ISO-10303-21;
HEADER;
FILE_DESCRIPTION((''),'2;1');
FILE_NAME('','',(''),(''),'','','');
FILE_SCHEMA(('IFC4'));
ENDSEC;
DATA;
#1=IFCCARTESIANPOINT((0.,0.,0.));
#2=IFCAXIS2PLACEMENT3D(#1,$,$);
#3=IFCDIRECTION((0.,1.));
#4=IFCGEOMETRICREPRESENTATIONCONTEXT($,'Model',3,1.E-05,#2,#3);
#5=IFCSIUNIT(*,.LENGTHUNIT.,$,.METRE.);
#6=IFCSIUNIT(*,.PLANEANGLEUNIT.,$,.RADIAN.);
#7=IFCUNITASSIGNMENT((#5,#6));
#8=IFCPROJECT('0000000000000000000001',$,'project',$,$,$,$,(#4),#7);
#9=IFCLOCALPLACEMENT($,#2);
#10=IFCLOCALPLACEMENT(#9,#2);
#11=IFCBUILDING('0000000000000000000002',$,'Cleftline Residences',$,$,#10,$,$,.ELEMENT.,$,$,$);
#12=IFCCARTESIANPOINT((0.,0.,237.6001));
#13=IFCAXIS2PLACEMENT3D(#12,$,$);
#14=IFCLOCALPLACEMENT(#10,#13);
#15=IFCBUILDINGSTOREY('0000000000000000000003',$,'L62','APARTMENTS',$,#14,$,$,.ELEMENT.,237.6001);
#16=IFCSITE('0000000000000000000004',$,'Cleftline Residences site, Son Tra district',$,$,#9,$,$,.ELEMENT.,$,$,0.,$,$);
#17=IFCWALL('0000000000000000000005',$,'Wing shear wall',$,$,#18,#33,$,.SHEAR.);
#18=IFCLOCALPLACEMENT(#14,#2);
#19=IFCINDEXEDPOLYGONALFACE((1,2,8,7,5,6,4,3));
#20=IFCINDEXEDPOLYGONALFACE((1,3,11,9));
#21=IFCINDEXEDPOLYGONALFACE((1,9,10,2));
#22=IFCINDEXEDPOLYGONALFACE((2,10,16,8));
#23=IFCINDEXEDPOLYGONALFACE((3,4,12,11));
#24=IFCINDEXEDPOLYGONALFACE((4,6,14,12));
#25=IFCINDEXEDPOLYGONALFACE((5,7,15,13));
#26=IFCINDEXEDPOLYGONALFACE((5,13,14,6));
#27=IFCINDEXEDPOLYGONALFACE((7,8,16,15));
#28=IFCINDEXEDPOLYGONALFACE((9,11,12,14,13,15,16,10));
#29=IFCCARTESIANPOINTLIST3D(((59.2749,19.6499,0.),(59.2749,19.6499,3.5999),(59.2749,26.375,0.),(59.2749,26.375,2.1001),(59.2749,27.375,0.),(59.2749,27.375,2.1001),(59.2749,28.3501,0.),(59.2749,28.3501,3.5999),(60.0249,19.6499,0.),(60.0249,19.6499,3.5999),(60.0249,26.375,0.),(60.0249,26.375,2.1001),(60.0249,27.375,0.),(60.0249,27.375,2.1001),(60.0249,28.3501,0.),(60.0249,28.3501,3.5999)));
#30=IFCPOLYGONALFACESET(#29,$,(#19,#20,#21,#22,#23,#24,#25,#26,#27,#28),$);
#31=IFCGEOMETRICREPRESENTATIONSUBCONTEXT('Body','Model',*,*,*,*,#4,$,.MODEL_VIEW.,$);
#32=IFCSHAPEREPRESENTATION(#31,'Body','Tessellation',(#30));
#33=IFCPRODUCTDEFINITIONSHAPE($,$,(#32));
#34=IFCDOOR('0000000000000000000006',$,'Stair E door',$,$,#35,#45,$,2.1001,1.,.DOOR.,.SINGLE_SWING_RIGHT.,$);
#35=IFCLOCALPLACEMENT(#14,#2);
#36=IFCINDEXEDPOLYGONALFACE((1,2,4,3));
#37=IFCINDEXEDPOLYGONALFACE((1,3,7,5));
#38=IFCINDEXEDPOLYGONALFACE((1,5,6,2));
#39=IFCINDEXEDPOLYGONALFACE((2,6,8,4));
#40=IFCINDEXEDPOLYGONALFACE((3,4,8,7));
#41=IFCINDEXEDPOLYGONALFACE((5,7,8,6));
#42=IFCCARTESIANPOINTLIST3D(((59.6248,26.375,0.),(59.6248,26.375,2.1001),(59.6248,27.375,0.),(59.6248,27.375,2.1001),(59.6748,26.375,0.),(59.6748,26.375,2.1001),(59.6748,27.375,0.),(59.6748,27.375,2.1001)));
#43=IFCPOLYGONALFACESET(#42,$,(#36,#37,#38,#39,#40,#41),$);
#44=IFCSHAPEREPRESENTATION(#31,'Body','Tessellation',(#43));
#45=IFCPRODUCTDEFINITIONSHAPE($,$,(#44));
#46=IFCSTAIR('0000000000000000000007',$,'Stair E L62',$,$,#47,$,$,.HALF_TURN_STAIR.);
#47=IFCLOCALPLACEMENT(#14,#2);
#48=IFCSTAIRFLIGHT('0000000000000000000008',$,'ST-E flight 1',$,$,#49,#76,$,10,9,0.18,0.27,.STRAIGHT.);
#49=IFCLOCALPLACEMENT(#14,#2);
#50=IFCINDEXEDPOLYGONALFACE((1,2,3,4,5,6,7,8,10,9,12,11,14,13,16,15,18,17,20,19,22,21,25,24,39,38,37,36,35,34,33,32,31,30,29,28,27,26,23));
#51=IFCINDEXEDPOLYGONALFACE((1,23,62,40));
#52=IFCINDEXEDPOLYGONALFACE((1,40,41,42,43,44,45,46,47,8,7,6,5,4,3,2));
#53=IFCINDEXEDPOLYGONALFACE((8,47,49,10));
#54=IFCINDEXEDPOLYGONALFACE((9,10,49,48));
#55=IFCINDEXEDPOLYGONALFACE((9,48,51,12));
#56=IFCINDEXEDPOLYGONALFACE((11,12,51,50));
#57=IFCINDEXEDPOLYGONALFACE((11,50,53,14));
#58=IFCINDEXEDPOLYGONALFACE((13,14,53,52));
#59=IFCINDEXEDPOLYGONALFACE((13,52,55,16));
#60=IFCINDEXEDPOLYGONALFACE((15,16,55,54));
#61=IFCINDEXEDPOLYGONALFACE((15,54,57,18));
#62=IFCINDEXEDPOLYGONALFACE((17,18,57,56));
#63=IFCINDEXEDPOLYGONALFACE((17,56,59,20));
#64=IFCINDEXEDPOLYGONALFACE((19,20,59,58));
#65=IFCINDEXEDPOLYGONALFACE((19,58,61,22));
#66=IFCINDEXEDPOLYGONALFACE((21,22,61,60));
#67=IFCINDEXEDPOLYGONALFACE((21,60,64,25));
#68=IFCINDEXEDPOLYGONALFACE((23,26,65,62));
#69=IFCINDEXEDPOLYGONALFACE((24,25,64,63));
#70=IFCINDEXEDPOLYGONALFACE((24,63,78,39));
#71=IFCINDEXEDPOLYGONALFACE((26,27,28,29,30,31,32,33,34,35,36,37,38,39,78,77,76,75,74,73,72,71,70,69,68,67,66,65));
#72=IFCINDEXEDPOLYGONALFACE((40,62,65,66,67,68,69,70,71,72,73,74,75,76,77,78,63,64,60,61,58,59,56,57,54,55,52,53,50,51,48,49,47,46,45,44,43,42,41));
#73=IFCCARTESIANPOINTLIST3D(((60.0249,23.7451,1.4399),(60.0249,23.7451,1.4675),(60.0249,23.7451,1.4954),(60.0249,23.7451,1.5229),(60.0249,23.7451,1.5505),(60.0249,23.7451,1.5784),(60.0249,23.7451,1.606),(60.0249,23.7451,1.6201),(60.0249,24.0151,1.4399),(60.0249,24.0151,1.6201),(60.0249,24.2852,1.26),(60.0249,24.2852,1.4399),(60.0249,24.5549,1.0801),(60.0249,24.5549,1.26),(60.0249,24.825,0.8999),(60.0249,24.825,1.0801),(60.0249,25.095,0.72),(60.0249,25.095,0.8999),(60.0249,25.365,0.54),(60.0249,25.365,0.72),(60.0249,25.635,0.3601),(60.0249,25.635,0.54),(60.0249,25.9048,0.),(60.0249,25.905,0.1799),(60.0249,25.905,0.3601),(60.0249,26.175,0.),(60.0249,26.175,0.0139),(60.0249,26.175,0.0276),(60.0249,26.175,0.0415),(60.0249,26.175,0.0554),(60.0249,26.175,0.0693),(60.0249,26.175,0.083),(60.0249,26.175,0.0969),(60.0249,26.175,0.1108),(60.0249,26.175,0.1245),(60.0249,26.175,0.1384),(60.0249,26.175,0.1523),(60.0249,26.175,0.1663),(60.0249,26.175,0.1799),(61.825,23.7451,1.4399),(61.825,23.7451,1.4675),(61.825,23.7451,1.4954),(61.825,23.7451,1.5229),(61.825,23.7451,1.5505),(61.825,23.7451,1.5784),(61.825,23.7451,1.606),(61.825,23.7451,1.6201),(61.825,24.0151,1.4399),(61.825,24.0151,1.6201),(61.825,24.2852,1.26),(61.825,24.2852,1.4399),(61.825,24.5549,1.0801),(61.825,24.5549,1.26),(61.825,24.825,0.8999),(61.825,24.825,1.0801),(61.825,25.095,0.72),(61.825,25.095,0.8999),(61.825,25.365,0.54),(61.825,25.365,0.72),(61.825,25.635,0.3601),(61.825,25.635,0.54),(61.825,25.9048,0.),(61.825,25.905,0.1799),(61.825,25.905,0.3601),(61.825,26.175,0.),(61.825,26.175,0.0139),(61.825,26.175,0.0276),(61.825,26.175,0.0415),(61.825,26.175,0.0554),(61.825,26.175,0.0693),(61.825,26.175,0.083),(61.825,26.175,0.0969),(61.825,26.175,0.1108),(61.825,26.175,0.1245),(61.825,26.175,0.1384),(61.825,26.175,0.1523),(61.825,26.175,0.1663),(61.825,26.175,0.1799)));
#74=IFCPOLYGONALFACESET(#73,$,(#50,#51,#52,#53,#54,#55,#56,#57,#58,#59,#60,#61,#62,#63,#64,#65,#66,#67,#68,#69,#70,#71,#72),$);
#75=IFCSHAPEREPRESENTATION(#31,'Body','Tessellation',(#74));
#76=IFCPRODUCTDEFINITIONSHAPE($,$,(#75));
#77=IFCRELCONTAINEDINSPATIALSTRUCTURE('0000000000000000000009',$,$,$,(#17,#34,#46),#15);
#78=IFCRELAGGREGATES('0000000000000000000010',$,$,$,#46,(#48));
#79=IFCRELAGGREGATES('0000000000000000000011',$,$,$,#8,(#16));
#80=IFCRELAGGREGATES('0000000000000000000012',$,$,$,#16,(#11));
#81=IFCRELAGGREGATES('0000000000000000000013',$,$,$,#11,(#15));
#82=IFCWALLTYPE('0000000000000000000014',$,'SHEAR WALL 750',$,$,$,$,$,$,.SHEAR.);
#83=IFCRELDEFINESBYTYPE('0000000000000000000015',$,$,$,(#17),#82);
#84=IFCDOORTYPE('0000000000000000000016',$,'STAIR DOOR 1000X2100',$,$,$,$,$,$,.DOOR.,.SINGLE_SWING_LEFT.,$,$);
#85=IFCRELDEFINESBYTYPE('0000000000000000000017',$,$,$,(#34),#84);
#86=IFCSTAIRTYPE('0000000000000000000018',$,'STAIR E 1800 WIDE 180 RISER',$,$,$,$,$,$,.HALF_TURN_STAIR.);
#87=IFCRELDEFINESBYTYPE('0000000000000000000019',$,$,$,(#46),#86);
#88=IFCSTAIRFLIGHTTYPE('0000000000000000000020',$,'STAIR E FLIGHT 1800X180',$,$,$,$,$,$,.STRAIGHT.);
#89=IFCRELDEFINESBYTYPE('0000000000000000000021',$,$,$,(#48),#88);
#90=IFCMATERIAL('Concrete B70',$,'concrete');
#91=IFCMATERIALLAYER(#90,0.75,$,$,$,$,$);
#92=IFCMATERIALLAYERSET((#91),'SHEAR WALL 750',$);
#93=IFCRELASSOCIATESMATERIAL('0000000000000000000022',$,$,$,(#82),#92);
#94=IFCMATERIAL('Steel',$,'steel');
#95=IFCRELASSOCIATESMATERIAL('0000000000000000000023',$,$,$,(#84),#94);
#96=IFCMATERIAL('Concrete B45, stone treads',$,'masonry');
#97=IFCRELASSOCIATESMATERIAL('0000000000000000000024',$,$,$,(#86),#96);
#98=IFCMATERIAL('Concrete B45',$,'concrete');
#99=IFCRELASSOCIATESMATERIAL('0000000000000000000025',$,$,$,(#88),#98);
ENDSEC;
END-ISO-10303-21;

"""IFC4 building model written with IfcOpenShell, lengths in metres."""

from ifc_helpers import new_model, si_unit, direction, frame, frame_2d, origin, place, context, subcontext, project, spatial, polyline, rectangle, outline, extrude, material, layer, layer_set, type_object, element, fill, aggregate, save


model = new_model("IFC4")

# Units and contexts
model_context = context("Model", 3, precision=1e-05, world=origin(), true_north=direction((0.0, 1.0)))
body_context = subcontext(model_context, "Body", "Model", "MODEL_VIEW")
ifc_project = project(units=[si_unit("LENGTHUNIT", "METRE"), si_unit("PLANEANGLEUNIT", "RADIAN")], contexts=[model_context])

# Site, building, storey
site_placement = place(None, origin())
site = spatial("IfcSite", under=ifc_project, at=site_placement, Name="Cleftline Residences site, Son Tra district", CompositionType="ELEMENT", RefElevation=0.0)
building_placement = place(site_placement, origin())
building = spatial("IfcBuilding", under=site, at=building_placement, Name="Cleftline Residences", CompositionType="ELEMENT")
storey_placement = place(building_placement, frame((0.0, 0.0, 237.6001)))
storey = spatial("IfcBuildingStorey", under=building, at=storey_placement, Name="L62", Description="APARTMENTS", CompositionType="ELEMENT", Elevation=237.6001)

# Shared definitions
ifc_material_1 = material(Name="Concrete B70", Category="concrete")
ifc_layer_1 = layer(ifc_material_1, 0.75)
ifc_layer_set_1 = layer_set([ifc_layer_1], Name="SHEAR WALL 750")
wall_type_1 = type_object("IfcWallType", Name="SHEAR WALL 750", PredefinedType="SHEAR", material=ifc_layer_set_1)

# Wall, opening, door
wall_1_placement = place(storey_placement, frame((59.6499, 28.3501, 0.0), z_axis=(0.0, 0.0, 1.0), x_axis=(0.0, -1.0, 0.0)))
wall_1 = element("IfcWall", 1, at=wall_1_placement, inside=storey, type_object=wall_type_1, Name="Wing shear wall", PredefinedType="SHEAR", context=body_context, shape_type="SweptSolid", body=[
    extrude(rectangle(XDim=8.7002, YDim=0.75, at=frame_2d((4.3501, 0.0))), origin(), (0.0, 0.0, 1.0), 3.5999),
])
opening_1_placement = place(wall_1_placement, frame((0.9751, 0.0, 0.0)))
opening_1 = element("IfcOpeningElement", 2, at=opening_1_placement, cuts=wall_1, PredefinedType="OPENING", context=body_context, shape_type="SweptSolid", body=[
    extrude(rectangle(XDim=1.0, YDim=2.1001, at=frame_2d((0.5, 1.05))), frame((0.0, 0.385, 0.0), z_axis=(0.0, -1.0, 0.0), x_axis=(1.0, 0.0, 0.0)), (0.0, 0.0, 1.0), 0.77),
])
ifc_material_2 = material(Name="Steel", Category="steel")
door_type_1 = type_object("IfcDoorType", Name="STAIR DOOR 1000X2100", OperationType="SINGLE_SWING_LEFT", PredefinedType="DOOR", material=ifc_material_2)
door_1_placement = place(opening_1_placement, origin())
door_1 = element("IfcDoor", 3, at=door_1_placement, inside=storey, type_object=door_type_1, Name="Stair E door", OperationType="SINGLE_SWING_RIGHT", OverallHeight=2.1001, OverallWidth=1.0, PredefinedType="DOOR", context=body_context, shape_type="SweptSolid", body=[
    extrude(rectangle(XDim=1.0, YDim=2.1001, at=frame_2d((0.5, 1.05))), frame((0.0, 0.0249, 0.0), z_axis=(0.0, -1.0, 0.0), x_axis=(1.0, 0.0, 0.0)), (0.0, 0.0, 1.0), 0.05),
])
fill(opening_1, door_1)

# Stair, stair flight
ifc_material_3 = material(Name="Concrete B45, stone treads", Category="masonry")
stair_type = type_object("IfcStairType", Name="STAIR E 1800 WIDE 180 RISER", PredefinedType="HALF_TURN_STAIR", material=ifc_material_3)
stair_placement = place(storey_placement, origin())
stair = element("IfcStair", 4, at=stair_placement, inside=storey, type_object=stair_type, Name="Stair E L62", PredefinedType="HALF_TURN_STAIR")
ifc_material_4 = material(Name="Concrete B45", Category="concrete")
stair_flight_type = type_object("IfcStairFlightType", Name="STAIR E FLIGHT 1800X180", PredefinedType="STRAIGHT", material=ifc_material_4)
stair_flight_placement = place(storey_placement, frame((60.925, 26.175, 0.0), z_axis=(0.0, 0.0, 1.0), x_axis=(0.0, -1.0, 0.0)))
stair_flight = element("IfcStairFlight", 5, at=stair_flight_placement, type_object=stair_flight_type, Name="ST-E flight 1", NumberOfRisers=10, NumberOfTreads=9, PredefinedType="STRAIGHT", RiserHeight=0.18, TreadLength=0.27, context=body_context, shape_type="SweptSolid", body=[
    extrude(outline(polyline([(0.0, 0.0), (0.0, 0.0139), (0.0, 0.0276), (0.0, 0.0415), (0.0, 0.0554), (0.0, 0.0693), (0.0, 0.083), (0.0, 0.0969), (0.0, 0.1108), (0.0, 0.1245), (0.0, 0.1384), (0.0, 0.1523), (0.0, 0.1663), (0.0, 0.1799), (0.27, 0.1799), (0.27, 0.3601), (0.54, 0.3601), (0.54, 0.54), (0.8101, 0.54), (0.8101, 0.72), (1.0801, 0.72), (1.0801, 0.8999), (1.3501, 0.8999), (1.3501, 1.0801), (1.6201, 1.0801), (1.6201, 1.26), (1.8899, 1.26), (1.8899, 1.4399), (2.1599, 1.4399), (2.1599, 1.6201), (2.4299, 1.6201), (2.4299, 1.8), (2.4299, 1.7722), (2.4299, 1.7446), (2.4299, 1.7168), (2.4299, 1.6892), (2.4299, 1.6614), (2.4299, 1.6338), (2.4299, 1.606), (2.4299, 1.5784), (2.4299, 1.5505), (2.4299, 1.5229), (2.4299, 1.4954), (2.4299, 1.4675), (2.4299, 1.4399), (0.2703, 0.0), (0.0, 0.0)])), frame((0.0, 0.8999, 0.0), z_axis=(0.0, -1.0, 0.0), x_axis=(1.0, 0.0, 0.0)), (0.0, 0.0, 1.0), 1.8),
])
aggregate(stair, [stair_flight])

save(model, "model.ifc")
